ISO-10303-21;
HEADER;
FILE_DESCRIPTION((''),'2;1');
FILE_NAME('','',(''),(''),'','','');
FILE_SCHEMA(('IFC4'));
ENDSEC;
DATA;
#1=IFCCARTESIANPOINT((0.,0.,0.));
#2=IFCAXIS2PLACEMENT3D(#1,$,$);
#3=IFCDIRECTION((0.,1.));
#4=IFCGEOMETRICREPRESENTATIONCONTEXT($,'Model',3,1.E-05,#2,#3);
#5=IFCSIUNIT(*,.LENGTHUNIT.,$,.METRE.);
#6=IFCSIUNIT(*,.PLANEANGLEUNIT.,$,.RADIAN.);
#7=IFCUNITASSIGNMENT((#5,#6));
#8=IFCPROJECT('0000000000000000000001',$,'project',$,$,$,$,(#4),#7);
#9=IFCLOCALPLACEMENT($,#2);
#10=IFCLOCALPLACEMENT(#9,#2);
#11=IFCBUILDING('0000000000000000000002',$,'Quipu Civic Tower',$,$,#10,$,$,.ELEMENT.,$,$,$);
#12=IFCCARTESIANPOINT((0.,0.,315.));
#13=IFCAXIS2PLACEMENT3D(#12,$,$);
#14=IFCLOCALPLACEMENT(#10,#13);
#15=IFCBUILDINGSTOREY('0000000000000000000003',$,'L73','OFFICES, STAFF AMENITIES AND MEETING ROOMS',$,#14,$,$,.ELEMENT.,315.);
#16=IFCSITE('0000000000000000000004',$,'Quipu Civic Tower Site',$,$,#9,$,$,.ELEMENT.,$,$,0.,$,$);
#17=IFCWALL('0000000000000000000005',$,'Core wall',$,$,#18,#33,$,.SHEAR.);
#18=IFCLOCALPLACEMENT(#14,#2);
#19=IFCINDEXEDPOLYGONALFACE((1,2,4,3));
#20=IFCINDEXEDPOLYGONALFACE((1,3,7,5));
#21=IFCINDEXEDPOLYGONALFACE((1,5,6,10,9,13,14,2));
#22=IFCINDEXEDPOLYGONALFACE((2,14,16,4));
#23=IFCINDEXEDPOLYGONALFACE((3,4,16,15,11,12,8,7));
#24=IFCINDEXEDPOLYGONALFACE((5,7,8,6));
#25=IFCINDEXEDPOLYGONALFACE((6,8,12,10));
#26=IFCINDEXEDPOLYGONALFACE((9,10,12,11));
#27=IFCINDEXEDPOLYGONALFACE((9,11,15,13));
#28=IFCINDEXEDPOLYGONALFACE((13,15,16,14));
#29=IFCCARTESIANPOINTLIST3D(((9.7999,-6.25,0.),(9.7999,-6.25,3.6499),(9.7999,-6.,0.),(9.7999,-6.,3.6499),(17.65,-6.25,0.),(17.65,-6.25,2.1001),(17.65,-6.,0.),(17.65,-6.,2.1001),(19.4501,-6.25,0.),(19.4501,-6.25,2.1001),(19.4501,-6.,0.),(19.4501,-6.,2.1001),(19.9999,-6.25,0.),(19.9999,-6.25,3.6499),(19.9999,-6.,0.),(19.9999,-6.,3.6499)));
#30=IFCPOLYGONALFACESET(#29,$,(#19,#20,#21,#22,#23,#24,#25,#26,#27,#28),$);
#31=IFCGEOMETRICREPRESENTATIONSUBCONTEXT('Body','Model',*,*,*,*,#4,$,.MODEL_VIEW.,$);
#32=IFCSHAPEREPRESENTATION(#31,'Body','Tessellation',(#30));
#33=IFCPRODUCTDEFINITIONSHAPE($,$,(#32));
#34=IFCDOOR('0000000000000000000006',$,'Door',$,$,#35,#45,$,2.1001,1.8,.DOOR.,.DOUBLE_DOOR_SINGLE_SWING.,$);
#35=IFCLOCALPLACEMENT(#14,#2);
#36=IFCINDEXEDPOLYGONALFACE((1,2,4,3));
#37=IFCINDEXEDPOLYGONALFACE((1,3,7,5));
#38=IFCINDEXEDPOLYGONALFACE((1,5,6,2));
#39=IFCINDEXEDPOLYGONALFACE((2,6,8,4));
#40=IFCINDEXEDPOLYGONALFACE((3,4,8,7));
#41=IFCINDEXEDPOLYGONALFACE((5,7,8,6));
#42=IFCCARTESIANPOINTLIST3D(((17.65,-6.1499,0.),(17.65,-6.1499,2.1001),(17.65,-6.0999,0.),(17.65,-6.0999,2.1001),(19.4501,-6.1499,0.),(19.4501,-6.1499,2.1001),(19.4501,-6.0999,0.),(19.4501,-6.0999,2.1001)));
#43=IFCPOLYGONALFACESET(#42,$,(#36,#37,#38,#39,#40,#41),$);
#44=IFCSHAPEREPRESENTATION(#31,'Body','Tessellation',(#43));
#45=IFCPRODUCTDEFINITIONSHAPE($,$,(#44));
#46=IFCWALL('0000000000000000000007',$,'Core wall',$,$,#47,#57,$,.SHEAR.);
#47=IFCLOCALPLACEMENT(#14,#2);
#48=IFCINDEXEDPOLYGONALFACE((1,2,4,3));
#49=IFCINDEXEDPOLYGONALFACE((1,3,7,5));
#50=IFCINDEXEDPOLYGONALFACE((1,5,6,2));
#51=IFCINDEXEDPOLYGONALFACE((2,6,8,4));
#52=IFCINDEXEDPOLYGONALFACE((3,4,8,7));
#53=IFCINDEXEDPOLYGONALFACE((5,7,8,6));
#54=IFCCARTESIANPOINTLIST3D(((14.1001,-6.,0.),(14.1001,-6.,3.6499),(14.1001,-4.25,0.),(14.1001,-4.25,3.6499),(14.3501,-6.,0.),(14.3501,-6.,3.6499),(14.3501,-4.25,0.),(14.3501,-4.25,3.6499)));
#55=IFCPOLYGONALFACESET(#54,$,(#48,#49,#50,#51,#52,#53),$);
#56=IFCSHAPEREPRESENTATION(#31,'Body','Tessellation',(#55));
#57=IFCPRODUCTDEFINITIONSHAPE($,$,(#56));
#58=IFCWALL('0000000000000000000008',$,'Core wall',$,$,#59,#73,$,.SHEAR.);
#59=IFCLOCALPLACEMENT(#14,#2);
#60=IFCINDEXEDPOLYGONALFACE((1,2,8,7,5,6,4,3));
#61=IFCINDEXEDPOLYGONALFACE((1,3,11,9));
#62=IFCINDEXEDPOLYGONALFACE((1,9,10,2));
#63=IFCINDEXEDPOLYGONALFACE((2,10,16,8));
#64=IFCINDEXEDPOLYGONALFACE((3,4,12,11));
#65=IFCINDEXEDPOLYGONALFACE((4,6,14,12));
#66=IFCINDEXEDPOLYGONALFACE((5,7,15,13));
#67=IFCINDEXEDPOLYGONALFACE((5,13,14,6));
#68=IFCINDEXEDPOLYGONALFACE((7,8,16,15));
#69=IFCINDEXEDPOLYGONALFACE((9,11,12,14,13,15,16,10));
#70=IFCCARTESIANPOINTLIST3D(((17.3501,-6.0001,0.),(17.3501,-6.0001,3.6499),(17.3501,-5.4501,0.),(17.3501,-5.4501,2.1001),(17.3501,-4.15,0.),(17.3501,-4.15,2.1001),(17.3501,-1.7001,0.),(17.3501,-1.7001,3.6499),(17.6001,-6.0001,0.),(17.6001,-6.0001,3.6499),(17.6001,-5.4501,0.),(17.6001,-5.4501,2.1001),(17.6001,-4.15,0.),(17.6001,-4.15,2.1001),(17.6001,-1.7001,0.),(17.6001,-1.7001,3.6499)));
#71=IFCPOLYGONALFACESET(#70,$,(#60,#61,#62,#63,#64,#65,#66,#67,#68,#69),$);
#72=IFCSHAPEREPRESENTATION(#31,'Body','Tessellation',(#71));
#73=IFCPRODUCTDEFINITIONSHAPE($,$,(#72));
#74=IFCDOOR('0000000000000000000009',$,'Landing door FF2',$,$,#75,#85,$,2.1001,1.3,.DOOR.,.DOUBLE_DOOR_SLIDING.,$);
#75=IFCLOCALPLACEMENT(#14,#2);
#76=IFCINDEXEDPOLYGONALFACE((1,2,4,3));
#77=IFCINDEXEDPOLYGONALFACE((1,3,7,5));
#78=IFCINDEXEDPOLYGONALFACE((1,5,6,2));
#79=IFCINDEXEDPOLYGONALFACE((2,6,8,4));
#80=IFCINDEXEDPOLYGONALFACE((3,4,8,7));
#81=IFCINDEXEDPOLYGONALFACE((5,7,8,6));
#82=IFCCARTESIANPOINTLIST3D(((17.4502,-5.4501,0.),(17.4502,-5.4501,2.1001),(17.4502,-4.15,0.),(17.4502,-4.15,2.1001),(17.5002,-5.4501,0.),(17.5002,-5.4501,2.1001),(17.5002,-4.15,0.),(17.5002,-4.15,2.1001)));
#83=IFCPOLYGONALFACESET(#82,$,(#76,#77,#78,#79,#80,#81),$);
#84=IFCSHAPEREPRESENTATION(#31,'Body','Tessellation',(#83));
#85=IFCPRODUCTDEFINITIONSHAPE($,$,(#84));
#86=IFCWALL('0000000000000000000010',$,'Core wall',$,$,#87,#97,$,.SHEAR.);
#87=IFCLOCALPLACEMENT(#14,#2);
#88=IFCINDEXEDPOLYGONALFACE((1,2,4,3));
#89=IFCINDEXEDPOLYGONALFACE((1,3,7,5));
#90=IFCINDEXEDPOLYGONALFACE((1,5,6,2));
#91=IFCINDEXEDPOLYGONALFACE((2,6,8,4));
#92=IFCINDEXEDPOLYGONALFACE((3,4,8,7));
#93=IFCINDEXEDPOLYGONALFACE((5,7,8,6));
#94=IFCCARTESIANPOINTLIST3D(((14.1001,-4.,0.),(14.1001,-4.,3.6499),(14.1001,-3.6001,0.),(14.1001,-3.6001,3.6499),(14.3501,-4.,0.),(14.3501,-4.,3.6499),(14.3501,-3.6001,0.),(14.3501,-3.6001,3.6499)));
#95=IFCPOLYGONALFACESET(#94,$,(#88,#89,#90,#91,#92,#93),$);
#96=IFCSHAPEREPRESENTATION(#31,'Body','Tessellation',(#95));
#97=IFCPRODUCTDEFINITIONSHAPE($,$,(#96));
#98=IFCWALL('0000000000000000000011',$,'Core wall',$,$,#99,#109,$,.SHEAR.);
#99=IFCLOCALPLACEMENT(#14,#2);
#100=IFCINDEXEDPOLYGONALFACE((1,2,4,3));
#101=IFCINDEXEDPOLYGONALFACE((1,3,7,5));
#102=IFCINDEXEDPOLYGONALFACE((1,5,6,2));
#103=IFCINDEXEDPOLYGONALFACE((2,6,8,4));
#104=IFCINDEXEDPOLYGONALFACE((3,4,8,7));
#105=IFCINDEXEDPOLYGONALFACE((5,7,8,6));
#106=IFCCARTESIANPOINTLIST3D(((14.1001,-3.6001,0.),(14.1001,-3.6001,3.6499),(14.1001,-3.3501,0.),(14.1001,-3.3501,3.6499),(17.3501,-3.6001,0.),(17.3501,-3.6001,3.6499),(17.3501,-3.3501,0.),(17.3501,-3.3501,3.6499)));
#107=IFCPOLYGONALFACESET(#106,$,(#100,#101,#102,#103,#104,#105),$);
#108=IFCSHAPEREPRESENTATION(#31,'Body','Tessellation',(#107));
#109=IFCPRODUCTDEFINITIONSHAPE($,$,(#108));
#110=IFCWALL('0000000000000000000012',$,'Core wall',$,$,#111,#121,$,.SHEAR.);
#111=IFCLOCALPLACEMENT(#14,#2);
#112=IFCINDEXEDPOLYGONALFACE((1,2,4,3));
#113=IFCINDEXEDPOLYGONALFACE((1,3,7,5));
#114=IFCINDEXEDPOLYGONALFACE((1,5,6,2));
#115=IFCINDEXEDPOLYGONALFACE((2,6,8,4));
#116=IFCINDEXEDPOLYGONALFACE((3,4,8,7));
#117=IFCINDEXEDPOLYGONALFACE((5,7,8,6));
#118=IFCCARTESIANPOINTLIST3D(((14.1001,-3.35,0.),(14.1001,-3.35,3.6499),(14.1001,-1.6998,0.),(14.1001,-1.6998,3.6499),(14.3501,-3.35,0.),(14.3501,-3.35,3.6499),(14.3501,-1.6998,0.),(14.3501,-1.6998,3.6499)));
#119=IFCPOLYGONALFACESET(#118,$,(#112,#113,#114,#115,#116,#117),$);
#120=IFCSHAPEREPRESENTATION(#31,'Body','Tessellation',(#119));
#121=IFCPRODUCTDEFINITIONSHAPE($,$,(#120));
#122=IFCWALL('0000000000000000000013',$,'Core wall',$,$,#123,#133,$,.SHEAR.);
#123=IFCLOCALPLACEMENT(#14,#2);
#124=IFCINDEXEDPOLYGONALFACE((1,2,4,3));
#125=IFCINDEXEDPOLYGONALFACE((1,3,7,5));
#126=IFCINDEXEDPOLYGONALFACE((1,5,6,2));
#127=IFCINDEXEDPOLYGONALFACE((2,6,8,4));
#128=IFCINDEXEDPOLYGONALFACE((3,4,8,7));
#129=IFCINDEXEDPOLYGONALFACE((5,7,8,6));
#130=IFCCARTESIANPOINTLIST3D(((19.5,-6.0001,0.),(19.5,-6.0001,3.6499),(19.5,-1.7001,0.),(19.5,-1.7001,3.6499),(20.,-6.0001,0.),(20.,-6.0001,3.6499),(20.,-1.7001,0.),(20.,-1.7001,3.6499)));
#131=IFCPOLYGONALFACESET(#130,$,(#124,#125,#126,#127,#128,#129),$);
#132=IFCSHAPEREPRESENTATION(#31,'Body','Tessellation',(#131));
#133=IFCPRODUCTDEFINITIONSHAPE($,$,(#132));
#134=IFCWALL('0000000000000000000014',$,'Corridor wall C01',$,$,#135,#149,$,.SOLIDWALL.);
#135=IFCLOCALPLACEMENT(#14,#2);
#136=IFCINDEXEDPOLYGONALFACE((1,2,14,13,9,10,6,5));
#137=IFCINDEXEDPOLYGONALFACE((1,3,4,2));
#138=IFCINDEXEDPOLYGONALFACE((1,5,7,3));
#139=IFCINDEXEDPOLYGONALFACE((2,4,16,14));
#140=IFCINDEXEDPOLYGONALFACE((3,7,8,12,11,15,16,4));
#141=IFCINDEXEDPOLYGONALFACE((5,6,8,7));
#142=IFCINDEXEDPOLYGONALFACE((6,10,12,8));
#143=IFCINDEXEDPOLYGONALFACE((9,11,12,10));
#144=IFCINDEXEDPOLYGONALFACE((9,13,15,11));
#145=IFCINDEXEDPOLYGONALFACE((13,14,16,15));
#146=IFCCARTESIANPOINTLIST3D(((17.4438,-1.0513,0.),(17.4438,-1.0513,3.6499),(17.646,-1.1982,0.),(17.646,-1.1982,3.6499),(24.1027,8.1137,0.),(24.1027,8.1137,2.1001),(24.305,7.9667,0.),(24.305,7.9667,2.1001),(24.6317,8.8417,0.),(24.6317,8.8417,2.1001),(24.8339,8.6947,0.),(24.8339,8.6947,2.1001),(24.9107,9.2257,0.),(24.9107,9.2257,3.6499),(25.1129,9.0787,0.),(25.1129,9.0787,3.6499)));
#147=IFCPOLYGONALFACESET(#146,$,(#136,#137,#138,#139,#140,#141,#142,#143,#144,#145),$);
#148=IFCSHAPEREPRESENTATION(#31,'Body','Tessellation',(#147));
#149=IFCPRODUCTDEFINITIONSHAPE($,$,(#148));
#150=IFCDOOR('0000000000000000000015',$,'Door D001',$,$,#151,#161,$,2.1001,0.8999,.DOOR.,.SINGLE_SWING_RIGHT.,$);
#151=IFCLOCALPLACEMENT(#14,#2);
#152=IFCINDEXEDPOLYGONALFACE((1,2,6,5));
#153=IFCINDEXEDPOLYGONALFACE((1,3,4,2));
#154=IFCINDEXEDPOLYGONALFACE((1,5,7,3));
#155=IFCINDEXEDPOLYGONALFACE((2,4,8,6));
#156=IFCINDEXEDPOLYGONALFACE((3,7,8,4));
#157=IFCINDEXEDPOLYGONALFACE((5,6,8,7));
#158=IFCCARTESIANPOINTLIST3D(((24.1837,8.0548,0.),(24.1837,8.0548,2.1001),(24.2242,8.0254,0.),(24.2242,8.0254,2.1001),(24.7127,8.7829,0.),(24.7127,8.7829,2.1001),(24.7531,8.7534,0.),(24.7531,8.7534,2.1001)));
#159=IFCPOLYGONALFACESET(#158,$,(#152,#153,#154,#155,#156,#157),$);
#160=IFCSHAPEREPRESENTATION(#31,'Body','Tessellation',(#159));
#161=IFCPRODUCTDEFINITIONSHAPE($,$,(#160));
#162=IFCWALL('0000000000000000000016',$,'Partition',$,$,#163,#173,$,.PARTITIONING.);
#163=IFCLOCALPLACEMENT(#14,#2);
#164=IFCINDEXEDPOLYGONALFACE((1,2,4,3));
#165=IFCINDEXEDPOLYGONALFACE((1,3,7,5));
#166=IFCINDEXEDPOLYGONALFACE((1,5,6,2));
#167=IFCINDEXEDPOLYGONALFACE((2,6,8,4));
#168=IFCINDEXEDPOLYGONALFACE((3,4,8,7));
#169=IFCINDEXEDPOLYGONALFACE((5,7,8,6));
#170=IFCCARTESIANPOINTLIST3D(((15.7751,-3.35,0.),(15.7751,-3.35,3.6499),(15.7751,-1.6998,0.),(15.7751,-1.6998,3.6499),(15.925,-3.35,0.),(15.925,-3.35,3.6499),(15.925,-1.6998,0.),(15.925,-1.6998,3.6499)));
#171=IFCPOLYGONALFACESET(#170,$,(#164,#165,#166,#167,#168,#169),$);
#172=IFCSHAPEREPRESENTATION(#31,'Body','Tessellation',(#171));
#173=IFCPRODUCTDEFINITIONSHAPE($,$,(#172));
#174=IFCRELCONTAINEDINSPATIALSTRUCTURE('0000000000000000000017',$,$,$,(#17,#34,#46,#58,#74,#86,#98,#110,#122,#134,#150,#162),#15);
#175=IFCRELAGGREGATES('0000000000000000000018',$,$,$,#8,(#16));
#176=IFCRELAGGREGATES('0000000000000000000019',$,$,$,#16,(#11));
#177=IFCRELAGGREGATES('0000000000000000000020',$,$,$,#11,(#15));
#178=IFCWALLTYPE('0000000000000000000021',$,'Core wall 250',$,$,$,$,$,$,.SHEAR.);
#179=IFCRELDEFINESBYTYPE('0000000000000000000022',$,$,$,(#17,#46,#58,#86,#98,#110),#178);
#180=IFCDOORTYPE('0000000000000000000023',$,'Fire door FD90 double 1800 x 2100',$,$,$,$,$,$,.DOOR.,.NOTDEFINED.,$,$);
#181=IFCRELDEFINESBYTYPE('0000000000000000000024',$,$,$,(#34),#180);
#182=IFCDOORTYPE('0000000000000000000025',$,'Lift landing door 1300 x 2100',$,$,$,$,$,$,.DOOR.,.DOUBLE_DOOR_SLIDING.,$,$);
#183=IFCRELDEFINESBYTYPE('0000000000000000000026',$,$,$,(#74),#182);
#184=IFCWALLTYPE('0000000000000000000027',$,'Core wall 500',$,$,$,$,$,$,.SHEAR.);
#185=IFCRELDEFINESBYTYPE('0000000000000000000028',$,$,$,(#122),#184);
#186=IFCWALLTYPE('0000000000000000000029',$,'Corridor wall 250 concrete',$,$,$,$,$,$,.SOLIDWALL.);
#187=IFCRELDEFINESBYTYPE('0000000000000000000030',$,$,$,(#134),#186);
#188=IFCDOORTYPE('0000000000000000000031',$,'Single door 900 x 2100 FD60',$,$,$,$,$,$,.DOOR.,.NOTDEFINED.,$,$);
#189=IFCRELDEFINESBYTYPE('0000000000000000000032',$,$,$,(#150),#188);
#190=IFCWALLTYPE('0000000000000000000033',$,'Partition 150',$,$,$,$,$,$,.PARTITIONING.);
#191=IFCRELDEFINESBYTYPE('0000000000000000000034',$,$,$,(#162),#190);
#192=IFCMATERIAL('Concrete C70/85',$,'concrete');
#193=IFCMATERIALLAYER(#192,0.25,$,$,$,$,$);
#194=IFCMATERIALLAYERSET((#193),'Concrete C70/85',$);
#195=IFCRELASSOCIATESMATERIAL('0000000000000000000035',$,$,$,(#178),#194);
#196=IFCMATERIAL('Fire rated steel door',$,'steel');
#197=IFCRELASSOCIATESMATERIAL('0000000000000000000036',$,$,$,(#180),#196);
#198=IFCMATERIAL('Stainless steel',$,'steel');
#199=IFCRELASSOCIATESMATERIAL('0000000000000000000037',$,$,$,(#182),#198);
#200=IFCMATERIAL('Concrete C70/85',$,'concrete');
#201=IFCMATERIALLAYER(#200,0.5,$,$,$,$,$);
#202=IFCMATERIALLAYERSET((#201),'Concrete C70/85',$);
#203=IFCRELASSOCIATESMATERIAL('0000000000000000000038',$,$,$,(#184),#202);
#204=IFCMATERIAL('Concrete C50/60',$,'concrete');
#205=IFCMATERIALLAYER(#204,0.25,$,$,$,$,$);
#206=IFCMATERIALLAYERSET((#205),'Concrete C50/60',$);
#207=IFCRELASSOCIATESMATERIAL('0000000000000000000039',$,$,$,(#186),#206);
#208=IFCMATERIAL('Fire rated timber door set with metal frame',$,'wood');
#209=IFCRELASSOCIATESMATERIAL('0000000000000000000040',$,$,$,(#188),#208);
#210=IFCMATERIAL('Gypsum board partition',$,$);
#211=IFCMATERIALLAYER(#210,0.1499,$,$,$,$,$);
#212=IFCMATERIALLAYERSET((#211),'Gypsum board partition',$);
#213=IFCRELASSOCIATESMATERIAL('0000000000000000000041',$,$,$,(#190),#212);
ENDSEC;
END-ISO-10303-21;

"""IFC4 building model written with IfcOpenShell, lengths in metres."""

from ifc_helpers import new_model, si_unit, direction, frame, frame_2d, origin, place, context, subcontext, project, spatial, rectangle, extrude, material, layer, layer_set, type_object, element, fill, save


model = new_model("IFC4")

# Units and contexts
model_context = context("Model", 3, precision=1e-05, world=origin(), true_north=direction((0.0, 1.0)))
body_context = subcontext(model_context, "Body", "Model", "MODEL_VIEW")
ifc_project = project(units=[si_unit("LENGTHUNIT", "METRE"), si_unit("PLANEANGLEUNIT", "RADIAN")], contexts=[model_context])

# Site, building, storey
site_placement = place(None, origin())
site = spatial("IfcSite", under=ifc_project, at=site_placement, Name="Quipu Civic Tower Site", CompositionType="ELEMENT", RefElevation=0.0)
building_placement = place(site_placement, origin())
building = spatial("IfcBuilding", under=site, at=building_placement, Name="Quipu Civic Tower", CompositionType="ELEMENT")
storey_placement = place(building_placement, frame((0.0, 0.0, 315.0)))
storey = spatial("IfcBuildingStorey", under=building, at=storey_placement, Name="L73", Description="OFFICES, STAFF AMENITIES AND MEETING ROOMS", CompositionType="ELEMENT", Elevation=315.0)

# Wall, opening, door
ifc_material_1 = material(Name="Concrete C70/85", Category="concrete")
ifc_layer_1 = layer(ifc_material_1, 0.25)
ifc_layer_set_1 = layer_set([ifc_layer_1], Name="Concrete C70/85")
wall_type_1 = type_object("IfcWallType", Name="Core wall 250", PredefinedType="SHEAR", material=ifc_layer_set_1)
wall_1_placement = place(storey_placement, frame((20.0, -6.125, 0.0), z_axis=(0.0, 0.0, 1.0), x_axis=(-1.0, 0.0, 0.0)))
wall_1 = element("IfcWall", 1, at=wall_1_placement, inside=storey, type_object=wall_type_1, Name="Core wall", PredefinedType="SHEAR", context=body_context, shape_type="SweptSolid", body=[
    extrude(rectangle(XDim=10.2, YDim=0.25, at=frame_2d((5.1001, 0.0))), origin(), (0.0, 0.0, 1.0), 3.6499),
])
opening_1_placement = place(wall_1_placement, frame((0.55, 0.0, 0.0)))
opening_1 = element("IfcOpeningElement", 2, at=opening_1_placement, cuts=wall_1, PredefinedType="OPENING", context=body_context, shape_type="SweptSolid", body=[
    extrude(rectangle(XDim=1.8, YDim=2.1001, at=frame_2d((0.8999, 1.05))), frame((0.0, 0.135, 0.0), z_axis=(0.0, -1.0, 0.0), x_axis=(1.0, 0.0, 0.0)), (0.0, 0.0, 1.0), 0.27),
])
ifc_material_2 = material(Name="Fire rated steel door", Category="steel")
door_type_1 = type_object("IfcDoorType", Name="Fire door FD90 double 1800 x 2100", OperationType="NOTDEFINED", PredefinedType="DOOR", material=ifc_material_2)
door_1_placement = place(opening_1_placement, origin())
door_1 = element("IfcDoor", 3, at=door_1_placement, inside=storey, type_object=door_type_1, Name="Door", OperationType="DOUBLE_DOOR_SINGLE_SWING", OverallHeight=2.1001, OverallWidth=1.8, PredefinedType="DOOR", context=body_context, shape_type="SweptSolid", body=[
    extrude(rectangle(XDim=1.8, YDim=2.1001, at=frame_2d((0.8999, 1.05))), frame((0.0, 0.0249, 0.0), z_axis=(0.0, -1.0, 0.0), x_axis=(1.0, 0.0, 0.0)), (0.0, 0.0, 1.0), 0.05),
])
fill(opening_1, door_1)

# Wall
wall_2_placement = place(storey_placement, frame((14.2251, -6.0, 0.0), z_axis=(0.0, 0.0, 1.0), x_axis=(0.0, 1.0, 0.0)))
element("IfcWall", 4, at=wall_2_placement, inside=storey, type_object=wall_type_1, Name="Core wall", PredefinedType="SHEAR", context=body_context, shape_type="SweptSolid", body=[
    extrude(rectangle(XDim=1.75, YDim=0.25, at=frame_2d((0.875, 0.0))), origin(), (0.0, 0.0, 1.0), 3.6499),
])

# Wall, opening, door
wall_3_placement = place(storey_placement, frame((17.4751, -6.0, 0.0), z_axis=(0.0, 0.0, 1.0), x_axis=(0.0, 1.0, 0.0)))
wall_3 = element("IfcWall", 5, at=wall_3_placement, inside=storey, type_object=wall_type_1, Name="Core wall", PredefinedType="SHEAR", context=body_context, shape_type="SweptSolid", body=[
    extrude(rectangle(XDim=4.3, YDim=0.25, at=frame_2d((2.1499, 0.0))), origin(), (0.0, 0.0, 1.0), 3.6499),
])
opening_2_placement = place(wall_3_placement, frame((0.55, 0.0, 0.0)))
opening_2 = element("IfcOpeningElement", 6, at=opening_2_placement, cuts=wall_3, PredefinedType="OPENING", context=body_context, shape_type="SweptSolid", body=[
    extrude(rectangle(XDim=1.3, YDim=2.1001, at=frame_2d((0.6499, 1.05))), frame((0.0, 0.135, 0.0), z_axis=(0.0, -1.0, 0.0), x_axis=(1.0, 0.0, 0.0)), (0.0, 0.0, 1.0), 0.27),
])
ifc_material_3 = material(Name="Stainless steel", Category="steel")
door_type_2 = type_object("IfcDoorType", Name="Lift landing door 1300 x 2100", OperationType="DOUBLE_DOOR_SLIDING", PredefinedType="DOOR", material=ifc_material_3)
door_2_placement = place(opening_2_placement, origin())
door_2 = element("IfcDoor", 7, at=door_2_placement, inside=storey, type_object=door_type_2, Name="Landing door FF2", OperationType="DOUBLE_DOOR_SLIDING", OverallHeight=2.1001, OverallWidth=1.3, PredefinedType="DOOR", context=body_context, shape_type="SweptSolid", body=[
    extrude(rectangle(XDim=1.3, YDim=2.1001, at=frame_2d((0.6499, 1.05))), frame((0.0, 0.0249, 0.0), z_axis=(0.0, -1.0, 0.0), x_axis=(1.0, 0.0, 0.0)), (0.0, 0.0, 1.0), 0.05),
])
fill(opening_2, door_2)

# Walls
wall_4_placement = place(storey_placement, frame((14.2251, -4.0, 0.0), z_axis=(0.0, 0.0, 1.0), x_axis=(0.0, 1.0, 0.0)))
element("IfcWall", 8, at=wall_4_placement, inside=storey, type_object=wall_type_1, Name="Core wall", PredefinedType="SHEAR", context=body_context, shape_type="SweptSolid", body=[
    extrude(rectangle(XDim=0.3999, YDim=0.25, at=frame_2d((0.2, 0.0))), origin(), (0.0, 0.0, 1.0), 3.6499),
])
wall_5_placement = place(storey_placement, frame((14.1001, -3.4751, 0.0), z_axis=(0.0, 0.0, 1.0), x_axis=(1.0, 0.0, 0.0)))
element("IfcWall", 9, at=wall_5_placement, inside=storey, type_object=wall_type_1, Name="Core wall", PredefinedType="SHEAR", context=body_context, shape_type="SweptSolid", body=[
    extrude(rectangle(XDim=3.25, YDim=0.25, at=frame_2d((1.625, 0.0))), origin(), (0.0, 0.0, 1.0), 3.6499),
])
wall_6_placement = place(storey_placement, frame((14.2251, -3.3501, 0.0), z_axis=(0.0, 0.0, 1.0), x_axis=(0.0, 1.0, 0.0)))
element("IfcWall", 10, at=wall_6_placement, inside=storey, type_object=wall_type_1, Name="Core wall", PredefinedType="SHEAR", context=body_context, shape_type="SweptSolid", body=[
    extrude(rectangle(XDim=1.6501, YDim=0.25, at=frame_2d((0.8252, 0.0))), origin(), (0.0, 0.0, 1.0), 3.6499),
])
ifc_material_4 = material(Name="Concrete C70/85", Category="concrete")
ifc_layer_2 = layer(ifc_material_4, 0.5)
ifc_layer_set_2 = layer_set([ifc_layer_2], Name="Concrete C70/85")
wall_type_2 = type_object("IfcWallType", Name="Core wall 500", PredefinedType="SHEAR", material=ifc_layer_set_2)
wall_7_placement = place(storey_placement, frame((19.75, -6.0, 0.0), z_axis=(0.0, 0.0, 1.0), x_axis=(0.0, 1.0, 0.0)))
element("IfcWall", 11, at=wall_7_placement, inside=storey, type_object=wall_type_2, Name="Core wall", PredefinedType="SHEAR", context=body_context, shape_type="SweptSolid", body=[
    extrude(rectangle(XDim=4.3, YDim=0.5, at=frame_2d((2.1499, 0.0))), origin(), (0.0, 0.0, 1.0), 3.6499),
])

# Wall, opening, door
ifc_material_5 = material(Name="Concrete C50/60", Category="concrete")
ifc_layer_3 = layer(ifc_material_5, 0.25)
ifc_layer_set_3 = layer_set([ifc_layer_3], Name="Concrete C50/60")
wall_type_3 = type_object("IfcWallType", Name="Corridor wall 250 concrete", PredefinedType="SOLIDWALL", material=ifc_layer_set_3)
wall_8_placement = place(storey_placement, frame((17.5449, -1.1248, 0.0), z_axis=(0.0, 0.0, 1.0), x_axis=(0.587797, 0.809009, 0.0)))
wall_8 = element("IfcWall", 12, at=wall_8_placement, inside=storey, type_object=wall_type_3, Name="Corridor wall C01", PredefinedType="SOLIDWALL", context=body_context, shape_type="SweptSolid", body=[
    extrude(rectangle(XDim=12.7031, YDim=0.25, at=frame_2d((6.3516, 0.0))), origin(), (0.0, 0.0, 1.0), 3.6499),
])
opening_3_placement = place(wall_8_placement, frame((11.3286, 0.0, 0.0)))
opening_3 = element("IfcOpeningElement", 13, at=opening_3_placement, cuts=wall_8, PredefinedType="OPENING", context=body_context, shape_type="SweptSolid", body=[
    extrude(rectangle(XDim=0.8999, YDim=2.1001, at=frame_2d((0.45, 1.05))), frame((0.0, 0.135, 0.0), z_axis=(0.0, -1.0, 0.0), x_axis=(1.0, 0.0, 0.0)), (0.0, 0.0, 1.0), 0.27),
])
ifc_material_6 = material(Name="Fire rated timber door set with metal frame", Category="wood")
door_type_3 = type_object("IfcDoorType", Name="Single door 900 x 2100 FD60", OperationType="NOTDEFINED", PredefinedType="DOOR", material=ifc_material_6)
door_3_placement = place(opening_3_placement, origin())
door_3 = element("IfcDoor", 14, at=door_3_placement, inside=storey, type_object=door_type_3, Name="Door D001", OperationType="SINGLE_SWING_RIGHT", OverallHeight=2.1001, OverallWidth=0.8999, PredefinedType="DOOR", context=body_context, shape_type="SweptSolid", body=[
    extrude(rectangle(XDim=0.8999, YDim=2.1001, at=frame_2d((0.45, 1.05))), frame((0.0, 0.0249, 0.0), z_axis=(0.0, -1.0, 0.0), x_axis=(1.0, 0.0, 0.0)), (0.0, 0.0, 1.0), 0.05),
])
fill(opening_3, door_3)

# Wall
ifc_material_7 = material(Name="Gypsum board partition")
ifc_layer_4 = layer(ifc_material_7, 0.1499)
ifc_layer_set_4 = layer_set([ifc_layer_4], Name="Gypsum board partition")
wall_type_4 = type_object("IfcWallType", Name="Partition 150", PredefinedType="PARTITIONING", material=ifc_layer_set_4)
wall_9_placement = place(storey_placement, frame((15.8501, -3.3501, 0.0), z_axis=(0.0, 0.0, 1.0), x_axis=(0.0, 1.0, 0.0)))
element("IfcWall", 15, at=wall_9_placement, inside=storey, type_object=wall_type_4, Name="Partition", PredefinedType="PARTITIONING", context=body_context, shape_type="SweptSolid", body=[
    extrude(rectangle(XDim=1.6501, YDim=0.1499, at=frame_2d((0.8252, 0.0))), origin(), (0.0, 0.0, 1.0), 3.6499),
])

save(model, "model.ifc")
